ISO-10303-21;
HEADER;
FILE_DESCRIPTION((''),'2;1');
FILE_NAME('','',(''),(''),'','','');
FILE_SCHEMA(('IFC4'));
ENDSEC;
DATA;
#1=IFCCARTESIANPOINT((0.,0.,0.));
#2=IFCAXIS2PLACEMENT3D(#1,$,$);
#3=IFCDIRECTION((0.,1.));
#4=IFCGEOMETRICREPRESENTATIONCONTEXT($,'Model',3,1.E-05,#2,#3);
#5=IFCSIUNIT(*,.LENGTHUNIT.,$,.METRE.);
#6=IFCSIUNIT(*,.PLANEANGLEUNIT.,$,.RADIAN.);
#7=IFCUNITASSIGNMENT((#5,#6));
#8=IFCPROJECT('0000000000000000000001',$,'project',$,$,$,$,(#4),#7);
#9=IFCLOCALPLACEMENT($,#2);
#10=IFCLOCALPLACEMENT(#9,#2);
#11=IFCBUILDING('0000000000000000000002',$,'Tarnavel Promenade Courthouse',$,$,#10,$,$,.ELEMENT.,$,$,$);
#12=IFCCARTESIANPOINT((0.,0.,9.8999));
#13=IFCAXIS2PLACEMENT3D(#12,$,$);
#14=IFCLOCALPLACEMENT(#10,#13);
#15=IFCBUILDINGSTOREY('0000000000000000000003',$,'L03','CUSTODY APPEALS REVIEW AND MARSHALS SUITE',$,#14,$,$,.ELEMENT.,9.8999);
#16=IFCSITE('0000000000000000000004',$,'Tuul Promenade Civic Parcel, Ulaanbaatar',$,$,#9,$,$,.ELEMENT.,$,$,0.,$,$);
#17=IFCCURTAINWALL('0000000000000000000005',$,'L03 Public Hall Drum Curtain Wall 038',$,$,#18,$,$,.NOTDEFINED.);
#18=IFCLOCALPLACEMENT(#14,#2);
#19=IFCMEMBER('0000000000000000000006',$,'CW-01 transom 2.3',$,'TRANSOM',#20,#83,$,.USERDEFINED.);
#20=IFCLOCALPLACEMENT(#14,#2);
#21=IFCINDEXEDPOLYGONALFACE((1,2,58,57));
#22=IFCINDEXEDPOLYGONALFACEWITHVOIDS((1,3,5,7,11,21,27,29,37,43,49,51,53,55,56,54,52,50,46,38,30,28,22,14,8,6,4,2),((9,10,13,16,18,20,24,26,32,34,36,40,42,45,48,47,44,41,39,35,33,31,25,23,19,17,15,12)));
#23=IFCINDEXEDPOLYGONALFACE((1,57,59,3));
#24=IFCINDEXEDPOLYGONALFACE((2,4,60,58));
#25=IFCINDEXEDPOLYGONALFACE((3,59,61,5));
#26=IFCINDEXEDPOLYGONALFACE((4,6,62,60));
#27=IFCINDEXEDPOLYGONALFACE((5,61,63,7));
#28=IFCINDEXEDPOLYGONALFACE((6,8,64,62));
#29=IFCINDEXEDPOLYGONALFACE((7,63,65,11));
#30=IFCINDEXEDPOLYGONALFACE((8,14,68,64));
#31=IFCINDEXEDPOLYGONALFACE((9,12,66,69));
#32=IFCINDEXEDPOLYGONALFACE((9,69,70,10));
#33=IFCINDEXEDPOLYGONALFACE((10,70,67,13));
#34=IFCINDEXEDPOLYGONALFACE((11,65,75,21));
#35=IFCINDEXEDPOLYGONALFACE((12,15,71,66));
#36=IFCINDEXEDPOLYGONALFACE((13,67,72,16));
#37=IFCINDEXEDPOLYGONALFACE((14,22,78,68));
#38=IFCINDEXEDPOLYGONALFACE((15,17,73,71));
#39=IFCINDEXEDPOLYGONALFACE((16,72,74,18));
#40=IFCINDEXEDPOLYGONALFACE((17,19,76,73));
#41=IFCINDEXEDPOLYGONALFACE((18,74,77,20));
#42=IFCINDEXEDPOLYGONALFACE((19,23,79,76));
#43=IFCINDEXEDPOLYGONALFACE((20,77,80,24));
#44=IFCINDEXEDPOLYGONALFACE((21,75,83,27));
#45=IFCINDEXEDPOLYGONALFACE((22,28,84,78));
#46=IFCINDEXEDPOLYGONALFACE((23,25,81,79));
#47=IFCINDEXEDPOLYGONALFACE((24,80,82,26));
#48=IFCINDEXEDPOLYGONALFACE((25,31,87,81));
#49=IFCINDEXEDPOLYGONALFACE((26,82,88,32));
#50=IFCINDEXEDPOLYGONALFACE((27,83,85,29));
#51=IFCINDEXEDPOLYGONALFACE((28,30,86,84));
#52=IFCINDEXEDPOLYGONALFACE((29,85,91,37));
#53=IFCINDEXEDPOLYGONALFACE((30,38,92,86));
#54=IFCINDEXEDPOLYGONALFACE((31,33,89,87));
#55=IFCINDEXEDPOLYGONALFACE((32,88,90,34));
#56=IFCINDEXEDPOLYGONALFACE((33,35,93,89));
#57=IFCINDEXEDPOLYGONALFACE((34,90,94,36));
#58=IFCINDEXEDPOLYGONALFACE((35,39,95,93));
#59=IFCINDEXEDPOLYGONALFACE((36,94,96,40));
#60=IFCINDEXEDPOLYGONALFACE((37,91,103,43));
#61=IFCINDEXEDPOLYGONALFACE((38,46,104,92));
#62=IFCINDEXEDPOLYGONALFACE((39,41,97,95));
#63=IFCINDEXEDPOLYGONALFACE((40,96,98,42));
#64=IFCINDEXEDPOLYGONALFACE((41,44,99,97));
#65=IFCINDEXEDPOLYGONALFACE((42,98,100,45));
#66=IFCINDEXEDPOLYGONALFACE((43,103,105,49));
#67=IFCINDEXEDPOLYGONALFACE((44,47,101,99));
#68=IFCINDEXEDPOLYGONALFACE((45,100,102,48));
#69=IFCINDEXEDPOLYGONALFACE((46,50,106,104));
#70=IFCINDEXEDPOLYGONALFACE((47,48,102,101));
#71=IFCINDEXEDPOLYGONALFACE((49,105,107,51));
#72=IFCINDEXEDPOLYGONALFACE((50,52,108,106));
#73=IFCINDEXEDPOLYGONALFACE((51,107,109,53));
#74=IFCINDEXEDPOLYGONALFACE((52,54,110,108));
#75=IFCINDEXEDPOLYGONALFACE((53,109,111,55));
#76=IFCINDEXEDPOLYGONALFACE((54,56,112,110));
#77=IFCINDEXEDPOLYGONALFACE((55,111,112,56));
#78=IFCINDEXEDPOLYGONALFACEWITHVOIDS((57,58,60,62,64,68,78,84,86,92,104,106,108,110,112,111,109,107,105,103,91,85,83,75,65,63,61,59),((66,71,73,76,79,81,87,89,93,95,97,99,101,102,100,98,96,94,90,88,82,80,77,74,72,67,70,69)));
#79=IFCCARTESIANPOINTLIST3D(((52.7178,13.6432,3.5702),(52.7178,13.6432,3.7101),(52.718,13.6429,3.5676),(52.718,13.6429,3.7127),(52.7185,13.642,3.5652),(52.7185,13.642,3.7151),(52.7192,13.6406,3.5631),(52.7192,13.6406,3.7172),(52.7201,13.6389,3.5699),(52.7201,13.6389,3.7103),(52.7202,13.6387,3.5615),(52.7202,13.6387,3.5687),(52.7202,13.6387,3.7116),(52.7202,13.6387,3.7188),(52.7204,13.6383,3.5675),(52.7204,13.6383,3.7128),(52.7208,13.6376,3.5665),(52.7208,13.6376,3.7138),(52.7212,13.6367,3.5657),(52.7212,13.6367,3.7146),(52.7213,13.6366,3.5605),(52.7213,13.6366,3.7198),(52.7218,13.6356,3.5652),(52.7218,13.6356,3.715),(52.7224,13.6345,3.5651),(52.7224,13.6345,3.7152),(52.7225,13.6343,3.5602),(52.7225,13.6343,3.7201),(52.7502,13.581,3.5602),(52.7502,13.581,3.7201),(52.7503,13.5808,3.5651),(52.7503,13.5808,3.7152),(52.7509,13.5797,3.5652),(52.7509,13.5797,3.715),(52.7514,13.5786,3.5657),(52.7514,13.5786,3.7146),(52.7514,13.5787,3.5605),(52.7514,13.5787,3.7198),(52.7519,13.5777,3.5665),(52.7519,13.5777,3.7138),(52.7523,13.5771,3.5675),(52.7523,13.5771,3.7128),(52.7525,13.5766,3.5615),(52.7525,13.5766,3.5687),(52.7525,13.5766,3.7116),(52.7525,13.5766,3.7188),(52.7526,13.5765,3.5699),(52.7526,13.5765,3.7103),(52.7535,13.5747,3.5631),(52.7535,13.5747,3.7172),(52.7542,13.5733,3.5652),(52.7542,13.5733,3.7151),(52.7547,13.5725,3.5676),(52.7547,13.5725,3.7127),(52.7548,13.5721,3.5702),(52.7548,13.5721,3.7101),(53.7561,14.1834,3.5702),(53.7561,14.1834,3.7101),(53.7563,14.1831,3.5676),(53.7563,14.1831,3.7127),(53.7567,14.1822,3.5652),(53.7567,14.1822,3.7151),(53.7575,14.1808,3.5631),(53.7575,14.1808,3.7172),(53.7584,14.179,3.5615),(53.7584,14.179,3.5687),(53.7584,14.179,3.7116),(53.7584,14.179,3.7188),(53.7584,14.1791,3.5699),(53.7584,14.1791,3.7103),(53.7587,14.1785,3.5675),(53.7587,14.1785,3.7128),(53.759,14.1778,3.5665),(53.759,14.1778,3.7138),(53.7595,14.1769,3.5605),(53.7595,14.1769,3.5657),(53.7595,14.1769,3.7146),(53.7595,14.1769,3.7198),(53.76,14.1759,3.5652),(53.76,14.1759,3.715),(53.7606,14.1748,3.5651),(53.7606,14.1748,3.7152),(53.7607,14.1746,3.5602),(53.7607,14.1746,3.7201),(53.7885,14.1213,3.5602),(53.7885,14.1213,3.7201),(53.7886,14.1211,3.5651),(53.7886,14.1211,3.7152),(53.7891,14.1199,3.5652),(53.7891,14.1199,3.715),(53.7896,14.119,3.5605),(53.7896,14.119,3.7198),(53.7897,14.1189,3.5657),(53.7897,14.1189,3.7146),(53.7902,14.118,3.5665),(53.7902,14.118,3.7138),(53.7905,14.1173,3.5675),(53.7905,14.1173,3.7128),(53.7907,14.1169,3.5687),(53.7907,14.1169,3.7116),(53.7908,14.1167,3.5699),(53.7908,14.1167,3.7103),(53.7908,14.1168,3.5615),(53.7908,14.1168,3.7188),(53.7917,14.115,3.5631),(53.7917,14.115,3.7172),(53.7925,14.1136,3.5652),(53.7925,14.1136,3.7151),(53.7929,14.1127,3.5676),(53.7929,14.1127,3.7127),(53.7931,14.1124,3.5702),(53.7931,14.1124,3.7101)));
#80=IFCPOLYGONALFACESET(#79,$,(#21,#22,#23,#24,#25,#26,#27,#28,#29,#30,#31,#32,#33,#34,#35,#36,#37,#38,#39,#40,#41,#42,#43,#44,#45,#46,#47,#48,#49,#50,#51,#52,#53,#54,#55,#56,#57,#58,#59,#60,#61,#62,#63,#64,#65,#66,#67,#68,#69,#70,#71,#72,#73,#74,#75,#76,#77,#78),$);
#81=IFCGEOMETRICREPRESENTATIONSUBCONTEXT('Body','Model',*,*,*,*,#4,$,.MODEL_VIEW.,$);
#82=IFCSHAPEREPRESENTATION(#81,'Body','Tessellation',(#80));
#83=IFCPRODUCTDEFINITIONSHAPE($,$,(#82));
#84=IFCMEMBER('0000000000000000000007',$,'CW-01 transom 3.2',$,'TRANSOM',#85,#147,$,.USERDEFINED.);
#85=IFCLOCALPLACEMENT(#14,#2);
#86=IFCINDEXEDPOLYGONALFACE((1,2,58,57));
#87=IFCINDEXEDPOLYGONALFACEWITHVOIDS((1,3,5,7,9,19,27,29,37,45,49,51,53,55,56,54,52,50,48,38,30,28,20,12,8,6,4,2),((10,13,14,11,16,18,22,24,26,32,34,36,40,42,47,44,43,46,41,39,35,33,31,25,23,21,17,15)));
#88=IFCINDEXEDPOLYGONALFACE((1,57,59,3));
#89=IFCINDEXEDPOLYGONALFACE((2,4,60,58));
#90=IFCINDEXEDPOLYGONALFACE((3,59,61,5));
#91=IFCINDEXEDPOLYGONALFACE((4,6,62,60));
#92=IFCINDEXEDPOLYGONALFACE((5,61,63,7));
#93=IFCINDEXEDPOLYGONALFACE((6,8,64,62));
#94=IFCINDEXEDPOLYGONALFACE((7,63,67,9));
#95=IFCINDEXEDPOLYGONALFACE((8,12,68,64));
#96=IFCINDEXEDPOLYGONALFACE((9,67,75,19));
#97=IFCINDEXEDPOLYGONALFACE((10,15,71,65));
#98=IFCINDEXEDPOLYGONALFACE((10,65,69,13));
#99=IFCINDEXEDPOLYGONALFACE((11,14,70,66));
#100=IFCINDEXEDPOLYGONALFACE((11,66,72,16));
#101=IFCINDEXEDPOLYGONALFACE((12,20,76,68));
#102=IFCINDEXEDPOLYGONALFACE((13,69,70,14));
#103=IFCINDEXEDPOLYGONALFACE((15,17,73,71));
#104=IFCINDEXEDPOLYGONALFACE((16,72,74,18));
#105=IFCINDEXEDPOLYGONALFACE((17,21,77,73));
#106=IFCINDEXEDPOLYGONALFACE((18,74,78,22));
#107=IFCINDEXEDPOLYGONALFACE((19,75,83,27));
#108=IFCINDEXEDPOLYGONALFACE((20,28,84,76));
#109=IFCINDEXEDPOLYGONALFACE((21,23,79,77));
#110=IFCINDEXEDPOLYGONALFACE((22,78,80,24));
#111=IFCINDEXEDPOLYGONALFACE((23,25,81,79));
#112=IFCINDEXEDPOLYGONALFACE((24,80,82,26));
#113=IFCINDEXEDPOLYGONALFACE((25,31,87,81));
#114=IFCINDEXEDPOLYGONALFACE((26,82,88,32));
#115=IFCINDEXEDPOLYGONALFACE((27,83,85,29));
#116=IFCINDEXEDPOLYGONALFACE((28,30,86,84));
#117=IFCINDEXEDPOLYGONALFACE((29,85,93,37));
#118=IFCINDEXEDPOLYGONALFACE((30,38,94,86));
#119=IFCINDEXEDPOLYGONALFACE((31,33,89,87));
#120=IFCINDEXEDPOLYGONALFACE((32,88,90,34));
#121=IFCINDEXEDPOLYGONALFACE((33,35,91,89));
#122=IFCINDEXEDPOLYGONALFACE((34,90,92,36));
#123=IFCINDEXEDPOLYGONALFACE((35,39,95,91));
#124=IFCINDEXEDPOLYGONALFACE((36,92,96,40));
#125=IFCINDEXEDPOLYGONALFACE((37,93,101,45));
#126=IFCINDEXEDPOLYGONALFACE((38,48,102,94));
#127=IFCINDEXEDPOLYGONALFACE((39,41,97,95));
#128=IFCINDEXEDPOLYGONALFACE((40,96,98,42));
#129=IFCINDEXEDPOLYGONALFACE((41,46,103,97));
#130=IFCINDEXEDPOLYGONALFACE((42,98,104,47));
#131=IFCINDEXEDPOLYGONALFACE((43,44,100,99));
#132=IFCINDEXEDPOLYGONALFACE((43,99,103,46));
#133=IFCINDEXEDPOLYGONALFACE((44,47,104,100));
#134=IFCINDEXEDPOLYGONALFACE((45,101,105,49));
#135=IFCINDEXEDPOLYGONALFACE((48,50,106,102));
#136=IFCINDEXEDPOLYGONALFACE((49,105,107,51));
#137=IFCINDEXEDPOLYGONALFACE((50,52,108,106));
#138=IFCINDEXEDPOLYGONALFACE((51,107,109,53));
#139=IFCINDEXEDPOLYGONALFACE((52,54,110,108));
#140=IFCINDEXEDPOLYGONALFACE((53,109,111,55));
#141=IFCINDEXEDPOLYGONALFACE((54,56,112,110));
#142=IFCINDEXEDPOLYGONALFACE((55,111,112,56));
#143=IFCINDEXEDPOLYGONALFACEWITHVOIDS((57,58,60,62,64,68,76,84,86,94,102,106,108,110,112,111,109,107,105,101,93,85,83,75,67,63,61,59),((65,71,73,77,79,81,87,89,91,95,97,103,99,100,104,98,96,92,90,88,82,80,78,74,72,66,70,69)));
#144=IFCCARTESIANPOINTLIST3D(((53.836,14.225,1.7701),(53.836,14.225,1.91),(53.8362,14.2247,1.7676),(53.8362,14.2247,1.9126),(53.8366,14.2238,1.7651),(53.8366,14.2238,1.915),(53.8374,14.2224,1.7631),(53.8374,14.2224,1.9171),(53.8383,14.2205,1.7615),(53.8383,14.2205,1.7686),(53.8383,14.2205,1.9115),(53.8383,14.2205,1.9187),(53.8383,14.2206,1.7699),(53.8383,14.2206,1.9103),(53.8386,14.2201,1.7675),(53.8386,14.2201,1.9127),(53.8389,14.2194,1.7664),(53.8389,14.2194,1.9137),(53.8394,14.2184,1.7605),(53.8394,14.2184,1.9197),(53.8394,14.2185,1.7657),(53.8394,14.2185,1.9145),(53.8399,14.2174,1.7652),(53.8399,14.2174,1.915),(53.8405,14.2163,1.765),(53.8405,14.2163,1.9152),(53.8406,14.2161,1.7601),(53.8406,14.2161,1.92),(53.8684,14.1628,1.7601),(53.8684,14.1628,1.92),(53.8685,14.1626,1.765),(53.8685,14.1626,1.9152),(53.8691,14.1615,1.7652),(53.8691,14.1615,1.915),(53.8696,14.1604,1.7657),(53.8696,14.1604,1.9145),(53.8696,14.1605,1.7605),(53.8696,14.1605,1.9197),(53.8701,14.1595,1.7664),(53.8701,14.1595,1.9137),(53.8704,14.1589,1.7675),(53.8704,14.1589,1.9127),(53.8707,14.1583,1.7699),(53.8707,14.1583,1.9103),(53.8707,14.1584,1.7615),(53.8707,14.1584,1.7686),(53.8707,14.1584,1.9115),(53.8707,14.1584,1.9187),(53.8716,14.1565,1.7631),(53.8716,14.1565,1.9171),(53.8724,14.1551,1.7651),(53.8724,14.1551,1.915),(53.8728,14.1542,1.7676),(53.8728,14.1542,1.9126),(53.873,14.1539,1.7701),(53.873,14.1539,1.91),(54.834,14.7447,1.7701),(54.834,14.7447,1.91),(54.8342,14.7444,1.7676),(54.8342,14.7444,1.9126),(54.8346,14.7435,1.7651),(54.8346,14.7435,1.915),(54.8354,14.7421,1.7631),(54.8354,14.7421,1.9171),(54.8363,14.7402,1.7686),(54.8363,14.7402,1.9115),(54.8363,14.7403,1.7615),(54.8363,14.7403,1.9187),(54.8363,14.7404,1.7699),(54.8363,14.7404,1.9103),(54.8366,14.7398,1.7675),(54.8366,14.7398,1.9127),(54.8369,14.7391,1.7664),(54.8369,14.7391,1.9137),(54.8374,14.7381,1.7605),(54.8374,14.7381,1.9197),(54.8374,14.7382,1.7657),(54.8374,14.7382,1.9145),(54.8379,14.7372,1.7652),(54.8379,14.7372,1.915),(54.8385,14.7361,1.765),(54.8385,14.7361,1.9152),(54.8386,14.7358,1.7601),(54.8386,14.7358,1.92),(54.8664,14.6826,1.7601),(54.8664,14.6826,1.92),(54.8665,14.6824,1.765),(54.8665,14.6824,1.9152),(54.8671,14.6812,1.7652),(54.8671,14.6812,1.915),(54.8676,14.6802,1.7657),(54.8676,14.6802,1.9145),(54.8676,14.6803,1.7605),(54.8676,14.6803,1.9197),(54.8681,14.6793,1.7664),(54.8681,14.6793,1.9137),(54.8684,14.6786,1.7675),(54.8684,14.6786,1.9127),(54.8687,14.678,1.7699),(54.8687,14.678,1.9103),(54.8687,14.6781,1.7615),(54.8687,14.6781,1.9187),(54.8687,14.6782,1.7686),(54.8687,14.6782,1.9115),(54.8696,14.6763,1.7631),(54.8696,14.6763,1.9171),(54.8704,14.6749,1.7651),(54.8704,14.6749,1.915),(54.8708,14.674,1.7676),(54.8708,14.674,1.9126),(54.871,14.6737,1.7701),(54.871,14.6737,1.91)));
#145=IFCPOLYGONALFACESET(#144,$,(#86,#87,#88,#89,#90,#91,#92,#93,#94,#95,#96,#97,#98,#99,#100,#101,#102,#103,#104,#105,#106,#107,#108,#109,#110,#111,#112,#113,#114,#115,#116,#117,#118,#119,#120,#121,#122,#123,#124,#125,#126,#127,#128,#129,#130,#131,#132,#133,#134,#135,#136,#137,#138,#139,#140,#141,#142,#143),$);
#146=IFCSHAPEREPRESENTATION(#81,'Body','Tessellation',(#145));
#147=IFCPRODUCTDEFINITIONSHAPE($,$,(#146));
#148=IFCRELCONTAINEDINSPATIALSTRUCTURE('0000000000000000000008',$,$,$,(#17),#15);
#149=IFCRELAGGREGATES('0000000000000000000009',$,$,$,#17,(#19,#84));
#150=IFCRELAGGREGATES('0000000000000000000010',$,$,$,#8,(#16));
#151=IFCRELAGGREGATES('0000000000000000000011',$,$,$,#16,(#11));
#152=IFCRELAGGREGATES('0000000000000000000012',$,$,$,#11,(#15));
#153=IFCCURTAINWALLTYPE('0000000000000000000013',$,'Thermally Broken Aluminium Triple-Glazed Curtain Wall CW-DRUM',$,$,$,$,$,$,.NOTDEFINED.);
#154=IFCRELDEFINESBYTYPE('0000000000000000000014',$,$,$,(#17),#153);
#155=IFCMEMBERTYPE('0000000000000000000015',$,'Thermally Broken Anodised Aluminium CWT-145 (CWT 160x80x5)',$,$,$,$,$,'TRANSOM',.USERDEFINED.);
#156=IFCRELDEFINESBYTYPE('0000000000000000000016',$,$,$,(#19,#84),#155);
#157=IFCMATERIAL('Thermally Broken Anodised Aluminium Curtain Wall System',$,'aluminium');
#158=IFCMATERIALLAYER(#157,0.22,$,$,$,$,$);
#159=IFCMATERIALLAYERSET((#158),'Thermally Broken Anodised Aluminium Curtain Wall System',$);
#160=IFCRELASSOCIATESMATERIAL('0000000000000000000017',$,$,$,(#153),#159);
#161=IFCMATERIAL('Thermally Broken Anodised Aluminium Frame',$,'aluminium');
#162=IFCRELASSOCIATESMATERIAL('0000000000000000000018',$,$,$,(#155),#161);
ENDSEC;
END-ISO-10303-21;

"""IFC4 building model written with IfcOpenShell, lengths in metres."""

from ifc_helpers import new_model, si_unit, direction, frame, origin, origin_2d, place, context, subcontext, project, spatial, hollow_rectangle, extrude, material, layer, layer_set, material_profile, profile_set, type_object, element, aggregate, save


model = new_model("IFC4")

# Units and contexts
model_context = context("Model", 3, precision=1e-05, world=origin(), true_north=direction((0.0, 1.0)))
body_context = subcontext(model_context, "Body", "Model", "MODEL_VIEW")
ifc_project = project(units=[si_unit("LENGTHUNIT", "METRE"), si_unit("PLANEANGLEUNIT", "RADIAN")], contexts=[model_context])

# Site, building, storey
site_placement = place(None, origin())
site = spatial("IfcSite", under=ifc_project, at=site_placement, Name="Tuul Promenade Civic Parcel, Ulaanbaatar", CompositionType="ELEMENT", RefElevation=0.0)
building_placement = place(site_placement, origin())
building = spatial("IfcBuilding", under=site, at=building_placement, Name="Tarnavel Promenade Courthouse", CompositionType="ELEMENT")
storey_placement = place(building_placement, frame((0.0, 0.0, 9.8999)))
storey = spatial("IfcBuildingStorey", under=building, at=storey_placement, Name="L03", Description="CUSTODY APPEALS REVIEW AND MARSHALS SUITE", CompositionType="ELEMENT", Elevation=9.8999)

# Curtain wall, members
ifc_material_1 = material(Name="Thermally Broken Anodised Aluminium Curtain Wall System", Category="aluminium")
ifc_layer_1 = layer(ifc_material_1, 0.22)
ifc_layer_set_1 = layer_set([ifc_layer_1], Name="Thermally Broken Anodised Aluminium Curtain Wall System")
curtain_wall_type = type_object("IfcCurtainWallType", Name="Thermally Broken Aluminium Triple-Glazed Curtain Wall CW-DRUM", PredefinedType="NOTDEFINED", material=ifc_layer_set_1)
ifc_material_2 = material(Name="Thermally Broken Anodised Aluminium Frame", Category="aluminium")
ifc_material_profile_1 = material_profile(ifc_material_2, hollow_rectangle(XDim=0.0801, YDim=0.1599, WallThickness=0.0049, InnerFilletRadius=0.0049, OuterFilletRadius=0.01, at=origin_2d()), Name="CWT 160x80x5")
ifc_profile_set_1 = profile_set([ifc_material_profile_1], Name="Thermally Broken Anodised Aluminium Frame")
member_type_1 = type_object("IfcMemberType", Name="Thermally Broken Anodised Aluminium CWT-145 (CWT 160x80x5)", ElementType="TRANSOM", PredefinedType="USERDEFINED", material=ifc_profile_set_1)
curtain_wall_1_placement = place(storey_placement, origin())
curtain_wall_1 = element("IfcCurtainWall", 1, at=curtain_wall_1_placement, inside=storey, type_object=curtain_wall_type, Name="L03 Public Hall Drum Curtain Wall 038", PredefinedType="NOTDEFINED")
member_1_placement = place(storey_placement, frame((52.7363, 13.6077, 3.6401), z_axis=(0.887094, 0.461589, 0.0), x_axis=(-0.461589, 0.887094, 0.0)))
member_1 = element("IfcMember", 2, at=member_1_placement, type_object=member_type_1, Name="CW-01 transom 2.3", ObjectType="TRANSOM", PredefinedType="USERDEFINED", context=body_context, shape_type="SweptSolid", body=[
    extrude(hollow_rectangle(XDim=0.0801, YDim=0.1599, WallThickness=0.0049, InnerFilletRadius=0.0049, OuterFilletRadius=0.01, at=origin_2d()), origin(), (0.0, 0.0, 1.0), 1.1704),
])
member_2_placement = place(storey_placement, frame((53.8545, 14.1895, 1.8401), z_axis=(0.886929, 0.461906, 0.0), x_axis=(-0.461906, 0.886929, 0.0)))
member_2 = element("IfcMember", 3, at=member_2_placement, type_object=member_type_1, Name="CW-01 transom 3.2", ObjectType="TRANSOM", PredefinedType="USERDEFINED", context=body_context, shape_type="SweptSolid", body=[
    extrude(hollow_rectangle(XDim=0.0801, YDim=0.1599, WallThickness=0.0049, InnerFilletRadius=0.0049, OuterFilletRadius=0.01, at=origin_2d()), origin(), (0.0, 0.0, 1.0), 1.1252),
])

aggregate(curtain_wall_1, [member_1, member_2])

save(model, "model.ifc")
